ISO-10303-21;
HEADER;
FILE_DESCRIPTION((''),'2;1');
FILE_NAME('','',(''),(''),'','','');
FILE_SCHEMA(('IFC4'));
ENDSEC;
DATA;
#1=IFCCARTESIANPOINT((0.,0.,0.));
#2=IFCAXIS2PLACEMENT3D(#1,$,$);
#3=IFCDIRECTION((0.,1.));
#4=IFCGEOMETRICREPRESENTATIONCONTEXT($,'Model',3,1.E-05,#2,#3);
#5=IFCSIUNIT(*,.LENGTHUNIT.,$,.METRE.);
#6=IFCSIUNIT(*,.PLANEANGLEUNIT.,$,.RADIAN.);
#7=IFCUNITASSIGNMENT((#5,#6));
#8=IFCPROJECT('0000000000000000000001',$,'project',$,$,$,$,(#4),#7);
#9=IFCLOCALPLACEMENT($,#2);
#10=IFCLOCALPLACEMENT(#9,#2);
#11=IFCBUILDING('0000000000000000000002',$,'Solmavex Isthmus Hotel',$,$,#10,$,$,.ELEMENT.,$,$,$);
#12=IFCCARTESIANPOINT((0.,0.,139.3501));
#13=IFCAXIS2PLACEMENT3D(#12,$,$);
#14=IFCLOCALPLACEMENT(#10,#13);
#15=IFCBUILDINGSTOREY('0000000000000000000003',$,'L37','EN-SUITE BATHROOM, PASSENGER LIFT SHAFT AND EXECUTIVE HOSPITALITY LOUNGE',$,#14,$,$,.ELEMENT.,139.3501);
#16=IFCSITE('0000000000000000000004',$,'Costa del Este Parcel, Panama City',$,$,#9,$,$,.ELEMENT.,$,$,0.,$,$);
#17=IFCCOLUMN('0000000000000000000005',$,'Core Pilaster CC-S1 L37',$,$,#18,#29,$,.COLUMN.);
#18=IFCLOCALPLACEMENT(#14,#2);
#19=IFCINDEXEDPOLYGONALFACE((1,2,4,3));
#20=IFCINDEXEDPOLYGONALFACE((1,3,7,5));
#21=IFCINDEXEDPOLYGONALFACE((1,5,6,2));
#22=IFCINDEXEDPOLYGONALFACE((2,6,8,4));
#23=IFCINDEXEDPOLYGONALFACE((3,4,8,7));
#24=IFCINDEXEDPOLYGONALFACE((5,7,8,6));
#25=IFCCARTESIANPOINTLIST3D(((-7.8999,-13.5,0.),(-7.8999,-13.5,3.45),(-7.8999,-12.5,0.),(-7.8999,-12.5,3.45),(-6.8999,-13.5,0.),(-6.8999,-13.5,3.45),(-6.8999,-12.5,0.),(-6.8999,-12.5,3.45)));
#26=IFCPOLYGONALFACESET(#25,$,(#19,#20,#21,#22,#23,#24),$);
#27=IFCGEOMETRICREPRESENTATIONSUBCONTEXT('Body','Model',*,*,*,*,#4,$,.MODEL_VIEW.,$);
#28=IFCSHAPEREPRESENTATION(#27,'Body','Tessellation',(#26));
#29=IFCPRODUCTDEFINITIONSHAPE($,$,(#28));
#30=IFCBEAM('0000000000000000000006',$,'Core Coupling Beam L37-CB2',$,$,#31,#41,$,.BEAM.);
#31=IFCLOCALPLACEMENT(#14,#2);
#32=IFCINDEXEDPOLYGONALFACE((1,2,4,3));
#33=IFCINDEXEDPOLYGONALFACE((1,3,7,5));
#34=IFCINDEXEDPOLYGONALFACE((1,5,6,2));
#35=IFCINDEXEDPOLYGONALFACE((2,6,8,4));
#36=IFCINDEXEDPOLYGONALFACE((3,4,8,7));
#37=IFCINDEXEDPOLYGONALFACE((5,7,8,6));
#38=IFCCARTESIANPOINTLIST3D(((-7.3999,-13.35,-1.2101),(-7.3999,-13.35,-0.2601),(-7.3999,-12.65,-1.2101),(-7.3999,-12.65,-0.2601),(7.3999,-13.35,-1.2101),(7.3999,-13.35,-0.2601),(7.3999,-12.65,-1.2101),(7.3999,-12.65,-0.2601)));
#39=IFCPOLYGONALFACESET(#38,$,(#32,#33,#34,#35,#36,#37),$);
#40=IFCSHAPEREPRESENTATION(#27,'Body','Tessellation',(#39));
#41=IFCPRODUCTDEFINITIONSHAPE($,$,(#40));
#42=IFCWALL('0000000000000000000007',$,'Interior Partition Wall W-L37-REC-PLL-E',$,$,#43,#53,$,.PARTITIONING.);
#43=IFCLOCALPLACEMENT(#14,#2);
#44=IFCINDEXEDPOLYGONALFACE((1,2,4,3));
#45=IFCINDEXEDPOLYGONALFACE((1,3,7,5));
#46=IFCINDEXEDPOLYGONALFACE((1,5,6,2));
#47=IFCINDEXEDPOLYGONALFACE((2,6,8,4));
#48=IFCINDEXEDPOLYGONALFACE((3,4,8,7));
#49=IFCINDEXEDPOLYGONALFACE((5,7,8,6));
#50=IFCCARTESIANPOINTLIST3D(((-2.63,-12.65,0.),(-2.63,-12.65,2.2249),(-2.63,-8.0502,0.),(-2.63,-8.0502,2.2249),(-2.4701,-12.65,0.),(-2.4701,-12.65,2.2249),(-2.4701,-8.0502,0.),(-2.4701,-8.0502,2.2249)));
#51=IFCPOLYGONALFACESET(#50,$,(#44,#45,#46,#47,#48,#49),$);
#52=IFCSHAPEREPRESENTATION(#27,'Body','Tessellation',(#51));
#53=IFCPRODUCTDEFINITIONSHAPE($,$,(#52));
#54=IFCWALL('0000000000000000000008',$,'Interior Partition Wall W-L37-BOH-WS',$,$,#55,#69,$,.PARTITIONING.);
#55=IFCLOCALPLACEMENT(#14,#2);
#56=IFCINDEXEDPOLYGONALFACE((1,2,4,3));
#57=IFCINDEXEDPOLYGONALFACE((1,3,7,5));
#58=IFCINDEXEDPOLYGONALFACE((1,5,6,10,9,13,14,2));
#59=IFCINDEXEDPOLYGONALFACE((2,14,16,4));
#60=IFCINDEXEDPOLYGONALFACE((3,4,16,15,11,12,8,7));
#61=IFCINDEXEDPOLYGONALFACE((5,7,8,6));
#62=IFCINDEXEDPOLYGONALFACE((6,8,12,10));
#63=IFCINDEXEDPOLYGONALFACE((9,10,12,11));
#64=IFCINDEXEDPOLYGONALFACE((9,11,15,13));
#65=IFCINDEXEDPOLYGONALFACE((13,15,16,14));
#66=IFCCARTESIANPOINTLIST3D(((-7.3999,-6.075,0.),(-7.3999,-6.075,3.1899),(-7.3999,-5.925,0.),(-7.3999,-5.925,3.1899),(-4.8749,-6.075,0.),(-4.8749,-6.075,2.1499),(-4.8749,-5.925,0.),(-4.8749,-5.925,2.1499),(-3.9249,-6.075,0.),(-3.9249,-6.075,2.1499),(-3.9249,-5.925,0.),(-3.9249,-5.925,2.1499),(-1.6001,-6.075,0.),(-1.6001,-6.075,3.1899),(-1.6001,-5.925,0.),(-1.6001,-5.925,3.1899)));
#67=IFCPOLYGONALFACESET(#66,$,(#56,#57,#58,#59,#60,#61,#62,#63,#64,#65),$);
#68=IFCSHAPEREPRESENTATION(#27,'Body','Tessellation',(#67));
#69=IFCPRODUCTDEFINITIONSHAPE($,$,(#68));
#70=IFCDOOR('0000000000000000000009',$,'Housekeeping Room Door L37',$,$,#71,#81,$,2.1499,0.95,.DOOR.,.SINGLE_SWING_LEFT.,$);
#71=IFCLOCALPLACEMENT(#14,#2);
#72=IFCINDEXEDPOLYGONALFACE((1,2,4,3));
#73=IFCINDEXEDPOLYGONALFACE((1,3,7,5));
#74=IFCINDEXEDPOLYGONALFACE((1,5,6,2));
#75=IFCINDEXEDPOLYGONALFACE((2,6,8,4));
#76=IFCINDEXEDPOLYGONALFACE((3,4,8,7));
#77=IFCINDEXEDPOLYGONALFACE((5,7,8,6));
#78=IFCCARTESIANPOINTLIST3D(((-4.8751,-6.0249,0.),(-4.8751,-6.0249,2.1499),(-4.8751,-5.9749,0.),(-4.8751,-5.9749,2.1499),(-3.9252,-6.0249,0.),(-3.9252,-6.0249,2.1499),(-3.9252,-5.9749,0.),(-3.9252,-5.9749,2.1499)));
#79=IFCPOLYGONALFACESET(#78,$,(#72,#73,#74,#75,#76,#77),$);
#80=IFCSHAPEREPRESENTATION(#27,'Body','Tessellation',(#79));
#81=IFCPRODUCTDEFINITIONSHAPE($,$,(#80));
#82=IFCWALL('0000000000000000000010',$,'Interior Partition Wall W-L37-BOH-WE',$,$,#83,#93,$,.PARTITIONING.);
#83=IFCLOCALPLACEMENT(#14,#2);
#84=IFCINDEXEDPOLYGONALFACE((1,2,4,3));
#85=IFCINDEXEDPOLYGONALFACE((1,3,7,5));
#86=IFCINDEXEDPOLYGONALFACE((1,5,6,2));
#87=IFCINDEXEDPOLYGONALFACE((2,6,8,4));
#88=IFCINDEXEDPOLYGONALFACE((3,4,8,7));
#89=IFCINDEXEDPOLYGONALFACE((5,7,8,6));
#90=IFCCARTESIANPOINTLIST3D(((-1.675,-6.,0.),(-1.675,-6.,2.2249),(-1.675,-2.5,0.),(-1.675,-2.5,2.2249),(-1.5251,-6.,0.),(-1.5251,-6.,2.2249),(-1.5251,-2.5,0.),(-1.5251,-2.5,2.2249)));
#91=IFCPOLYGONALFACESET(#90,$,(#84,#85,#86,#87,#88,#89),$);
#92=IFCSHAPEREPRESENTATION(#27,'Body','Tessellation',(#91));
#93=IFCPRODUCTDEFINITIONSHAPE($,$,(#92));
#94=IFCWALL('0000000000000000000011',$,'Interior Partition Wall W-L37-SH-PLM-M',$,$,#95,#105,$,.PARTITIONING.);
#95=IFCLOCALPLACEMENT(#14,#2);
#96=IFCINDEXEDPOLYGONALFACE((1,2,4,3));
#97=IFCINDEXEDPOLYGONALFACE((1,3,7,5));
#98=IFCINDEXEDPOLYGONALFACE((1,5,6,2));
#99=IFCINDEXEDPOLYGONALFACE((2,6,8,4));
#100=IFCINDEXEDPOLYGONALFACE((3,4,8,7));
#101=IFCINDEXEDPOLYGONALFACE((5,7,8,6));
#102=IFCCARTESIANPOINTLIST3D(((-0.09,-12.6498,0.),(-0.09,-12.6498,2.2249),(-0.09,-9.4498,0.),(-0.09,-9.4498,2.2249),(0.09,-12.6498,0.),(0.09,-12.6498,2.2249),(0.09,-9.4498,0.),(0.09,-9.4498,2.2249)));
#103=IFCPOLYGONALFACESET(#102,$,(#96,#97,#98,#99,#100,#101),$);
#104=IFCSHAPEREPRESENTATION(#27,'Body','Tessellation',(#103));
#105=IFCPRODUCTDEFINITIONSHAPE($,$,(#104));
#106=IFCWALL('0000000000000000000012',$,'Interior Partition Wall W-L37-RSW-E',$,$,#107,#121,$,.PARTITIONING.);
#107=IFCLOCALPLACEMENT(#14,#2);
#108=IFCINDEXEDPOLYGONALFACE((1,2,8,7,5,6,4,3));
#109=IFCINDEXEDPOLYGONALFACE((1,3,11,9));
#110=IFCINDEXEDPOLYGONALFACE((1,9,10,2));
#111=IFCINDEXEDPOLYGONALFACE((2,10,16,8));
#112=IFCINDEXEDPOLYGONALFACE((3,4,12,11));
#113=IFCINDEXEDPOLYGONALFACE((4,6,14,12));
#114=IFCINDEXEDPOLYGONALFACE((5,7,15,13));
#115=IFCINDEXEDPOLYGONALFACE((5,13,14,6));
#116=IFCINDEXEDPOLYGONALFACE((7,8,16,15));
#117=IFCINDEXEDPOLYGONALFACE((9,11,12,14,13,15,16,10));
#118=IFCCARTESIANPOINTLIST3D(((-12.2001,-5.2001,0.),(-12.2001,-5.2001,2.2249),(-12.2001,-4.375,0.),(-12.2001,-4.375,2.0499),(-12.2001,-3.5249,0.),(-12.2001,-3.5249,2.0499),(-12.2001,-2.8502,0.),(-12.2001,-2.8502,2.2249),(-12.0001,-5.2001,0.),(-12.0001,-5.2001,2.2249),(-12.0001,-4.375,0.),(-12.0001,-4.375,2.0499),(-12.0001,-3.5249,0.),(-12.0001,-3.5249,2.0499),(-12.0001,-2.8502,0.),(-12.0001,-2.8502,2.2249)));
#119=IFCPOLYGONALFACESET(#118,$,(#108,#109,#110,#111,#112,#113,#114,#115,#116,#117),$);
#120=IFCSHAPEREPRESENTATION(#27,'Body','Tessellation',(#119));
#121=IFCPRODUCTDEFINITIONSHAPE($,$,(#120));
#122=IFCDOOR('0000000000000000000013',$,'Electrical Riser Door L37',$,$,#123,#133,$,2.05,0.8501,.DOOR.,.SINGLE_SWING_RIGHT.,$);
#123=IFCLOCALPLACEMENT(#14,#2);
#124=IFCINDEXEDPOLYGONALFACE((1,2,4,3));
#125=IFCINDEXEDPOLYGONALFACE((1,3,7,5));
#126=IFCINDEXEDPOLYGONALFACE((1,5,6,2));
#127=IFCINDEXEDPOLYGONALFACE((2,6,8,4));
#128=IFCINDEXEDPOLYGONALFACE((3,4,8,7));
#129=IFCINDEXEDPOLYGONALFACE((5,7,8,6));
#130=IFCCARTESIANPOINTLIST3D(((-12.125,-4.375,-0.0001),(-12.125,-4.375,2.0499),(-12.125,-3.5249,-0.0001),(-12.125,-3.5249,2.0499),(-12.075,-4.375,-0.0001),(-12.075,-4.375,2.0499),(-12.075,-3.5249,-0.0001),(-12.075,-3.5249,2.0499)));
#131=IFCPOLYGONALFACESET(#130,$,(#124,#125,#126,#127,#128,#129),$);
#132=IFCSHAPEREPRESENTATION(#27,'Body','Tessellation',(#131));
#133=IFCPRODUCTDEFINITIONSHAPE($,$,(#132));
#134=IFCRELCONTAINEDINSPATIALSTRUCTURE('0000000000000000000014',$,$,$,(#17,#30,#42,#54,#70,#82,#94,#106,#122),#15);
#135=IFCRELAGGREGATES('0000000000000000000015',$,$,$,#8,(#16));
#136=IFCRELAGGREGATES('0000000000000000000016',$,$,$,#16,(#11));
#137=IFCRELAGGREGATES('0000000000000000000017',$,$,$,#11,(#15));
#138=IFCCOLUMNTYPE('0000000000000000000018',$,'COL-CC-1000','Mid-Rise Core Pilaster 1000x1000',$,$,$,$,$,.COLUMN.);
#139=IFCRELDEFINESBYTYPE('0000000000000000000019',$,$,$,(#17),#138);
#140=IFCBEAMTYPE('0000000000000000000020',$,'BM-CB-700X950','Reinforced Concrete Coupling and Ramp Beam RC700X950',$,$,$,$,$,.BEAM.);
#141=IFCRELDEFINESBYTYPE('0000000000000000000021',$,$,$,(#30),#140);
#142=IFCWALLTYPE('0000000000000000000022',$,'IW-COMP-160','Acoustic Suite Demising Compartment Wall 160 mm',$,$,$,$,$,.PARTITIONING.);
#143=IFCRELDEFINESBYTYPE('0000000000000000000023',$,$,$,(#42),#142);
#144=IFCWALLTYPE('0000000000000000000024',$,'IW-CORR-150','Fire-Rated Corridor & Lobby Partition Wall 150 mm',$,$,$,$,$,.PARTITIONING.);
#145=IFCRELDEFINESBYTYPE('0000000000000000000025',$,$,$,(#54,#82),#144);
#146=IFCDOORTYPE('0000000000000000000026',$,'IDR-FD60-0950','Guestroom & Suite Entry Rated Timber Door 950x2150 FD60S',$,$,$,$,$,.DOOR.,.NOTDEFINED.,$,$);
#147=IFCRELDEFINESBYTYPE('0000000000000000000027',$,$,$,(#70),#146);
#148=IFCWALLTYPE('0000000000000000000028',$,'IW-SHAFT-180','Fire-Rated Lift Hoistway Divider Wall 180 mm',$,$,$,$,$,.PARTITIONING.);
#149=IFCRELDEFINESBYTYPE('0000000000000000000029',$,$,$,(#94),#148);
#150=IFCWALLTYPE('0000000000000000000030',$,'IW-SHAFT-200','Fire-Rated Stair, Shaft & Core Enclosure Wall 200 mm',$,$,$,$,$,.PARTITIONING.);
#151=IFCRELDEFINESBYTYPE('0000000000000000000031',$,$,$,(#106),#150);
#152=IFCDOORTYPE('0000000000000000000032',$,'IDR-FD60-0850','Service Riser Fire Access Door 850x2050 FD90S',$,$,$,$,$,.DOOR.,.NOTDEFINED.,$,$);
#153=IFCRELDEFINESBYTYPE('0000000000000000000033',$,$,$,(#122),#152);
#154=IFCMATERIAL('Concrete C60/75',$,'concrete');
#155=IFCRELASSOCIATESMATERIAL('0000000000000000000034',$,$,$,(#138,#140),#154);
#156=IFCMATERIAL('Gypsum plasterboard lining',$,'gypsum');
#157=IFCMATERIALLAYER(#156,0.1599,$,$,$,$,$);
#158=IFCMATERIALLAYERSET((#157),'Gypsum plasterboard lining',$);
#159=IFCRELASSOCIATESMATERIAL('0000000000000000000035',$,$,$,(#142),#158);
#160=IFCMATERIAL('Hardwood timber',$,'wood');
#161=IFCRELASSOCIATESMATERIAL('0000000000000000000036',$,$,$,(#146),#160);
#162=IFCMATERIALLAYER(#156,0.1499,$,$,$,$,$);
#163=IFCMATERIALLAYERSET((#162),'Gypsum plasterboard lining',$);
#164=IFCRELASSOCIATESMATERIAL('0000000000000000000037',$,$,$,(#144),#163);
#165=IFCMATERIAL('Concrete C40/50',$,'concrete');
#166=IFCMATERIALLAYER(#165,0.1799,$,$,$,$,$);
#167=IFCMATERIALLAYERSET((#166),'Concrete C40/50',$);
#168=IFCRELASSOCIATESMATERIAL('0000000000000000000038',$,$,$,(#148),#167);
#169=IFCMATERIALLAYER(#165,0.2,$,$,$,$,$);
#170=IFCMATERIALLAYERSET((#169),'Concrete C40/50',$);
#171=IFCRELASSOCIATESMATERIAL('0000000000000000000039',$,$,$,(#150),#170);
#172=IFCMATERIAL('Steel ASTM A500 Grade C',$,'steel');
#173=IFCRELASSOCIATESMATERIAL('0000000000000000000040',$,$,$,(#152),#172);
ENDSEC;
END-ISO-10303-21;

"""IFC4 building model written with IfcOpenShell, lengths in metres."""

from ifc_helpers import new_model, si_unit, direction, frame, frame_2d, origin, origin_2d, place, context, subcontext, project, spatial, rectangle, extrude, material, layer, layer_set, material_profile, profile_set, type_object, element, fill, save


model = new_model("IFC4")

# Units and contexts
model_context = context("Model", 3, precision=1e-05, world=origin(), true_north=direction((0.0, 1.0)))
body_context = subcontext(model_context, "Body", "Model", "MODEL_VIEW")
ifc_project = project(units=[si_unit("LENGTHUNIT", "METRE"), si_unit("PLANEANGLEUNIT", "RADIAN")], contexts=[model_context])

# Site, building, storey
site_placement = place(None, origin())
site = spatial("IfcSite", under=ifc_project, at=site_placement, Name="Costa del Este Parcel, Panama City", CompositionType="ELEMENT", RefElevation=0.0)
building_placement = place(site_placement, origin())
building = spatial("IfcBuilding", under=site, at=building_placement, Name="Solmavex Isthmus Hotel", CompositionType="ELEMENT")
storey_placement = place(building_placement, frame((0.0, 0.0, 139.3501)))
storey = spatial("IfcBuildingStorey", under=building, at=storey_placement, Name="L37", Description="EN-SUITE BATHROOM, PASSENGER LIFT SHAFT AND EXECUTIVE HOSPITALITY LOUNGE", CompositionType="ELEMENT", Elevation=139.3501)

# Column
ifc_material_1 = material(Name="Concrete C60/75", Category="concrete")
ifc_material_profile_1 = material_profile(ifc_material_1, rectangle(XDim=1.0, YDim=1.0, at=origin_2d()), Name="RC1000X1000")
ifc_profile_set_1 = profile_set([ifc_material_profile_1], Name="Concrete C60/75")
column_type = type_object("IfcColumnType", Name="COL-CC-1000", Description="Mid-Rise Core Pilaster 1000x1000", PredefinedType="COLUMN", material=ifc_profile_set_1)
column_placement = place(storey_placement, frame((-7.3999, -13.0, 0.0), z_axis=(0.0, 0.0, 1.0), x_axis=(1.0, 0.0, 0.0)))
element("IfcColumn", 1, at=column_placement, inside=storey, type_object=column_type, Name="Core Pilaster CC-S1 L37", PredefinedType="COLUMN", context=body_context, shape_type="SweptSolid", body=[
    extrude(rectangle(XDim=1.0, YDim=1.0, at=origin_2d()), origin(), (0.0, 0.0, 1.0), 3.45),
])

# Beam
ifc_material_profile_2 = material_profile(ifc_material_1, rectangle(XDim=0.7, YDim=0.95, at=origin_2d()), Name="RC700X950")
ifc_profile_set_2 = profile_set([ifc_material_profile_2], Name="Concrete C60/75")
beam_type = type_object("IfcBeamType", Name="BM-CB-700X950", Description="Reinforced Concrete Coupling and Ramp Beam RC700X950", PredefinedType="BEAM", material=ifc_profile_set_2)
beam_placement = place(storey_placement, frame((-7.3999, -13.0, -0.7351), z_axis=(1.0, 0.0, 0.0), x_axis=(0.0, 1.0, 0.0)))
element("IfcBeam", 2, at=beam_placement, inside=storey, type_object=beam_type, Name="Core Coupling Beam L37-CB2", PredefinedType="BEAM", context=body_context, shape_type="SweptSolid", body=[
    extrude(rectangle(XDim=0.7, YDim=0.95, at=origin_2d()), origin(), (0.0, 0.0, 1.0), 14.7998),
])

# Shared definitions
ifc_material_2 = material(Name="Gypsum plasterboard lining", Category="gypsum")
ifc_layer_1 = layer(ifc_material_2, 0.1599)
ifc_layer_set_1 = layer_set([ifc_layer_1], Name="Gypsum plasterboard lining")
wall_type_1 = type_object("IfcWallType", Name="IW-COMP-160", Description="Acoustic Suite Demising Compartment Wall 160 mm", PredefinedType="PARTITIONING", material=ifc_layer_set_1)
ifc_material_3 = material(Name="Hardwood timber", Category="wood")
door_type_1 = type_object("IfcDoorType", Name="IDR-FD60-0950", Description="Guestroom & Suite Entry Rated Timber Door 950x2150 FD60S", OperationType="NOTDEFINED", PredefinedType="DOOR", material=ifc_material_3)

# Wall
wall_1_placement = place(storey_placement, frame((-2.55, -12.6499, 0.0), z_axis=(0.0, 0.0, 1.0), x_axis=(0.0, 1.0, 0.0)))
element("IfcWall", 3, at=wall_1_placement, inside=storey, type_object=wall_type_1, Name="Interior Partition Wall W-L37-REC-PLL-E", PredefinedType="PARTITIONING", context=body_context, shape_type="SweptSolid", body=[
    extrude(rectangle(XDim=4.5999, YDim=0.1599, at=frame_2d((2.2998, 0.0))), origin(), (0.0, 0.0, 1.0), 2.2249),
])

# Wall, opening, door
ifc_layer_2 = layer(ifc_material_2, 0.1499)
ifc_layer_set_2 = layer_set([ifc_layer_2], Name="Gypsum plasterboard lining")
wall_type_2 = type_object("IfcWallType", Name="IW-CORR-150", Description="Fire-Rated Corridor & Lobby Partition Wall 150 mm", PredefinedType="PARTITIONING", material=ifc_layer_set_2)
wall_2_placement = place(storey_placement, frame((-7.3999, -6.0, 0.0), z_axis=(0.0, 0.0, 1.0), x_axis=(1.0, 0.0, 0.0)))
wall_2 = element("IfcWall", 4, at=wall_2_placement, inside=storey, type_object=wall_type_2, Name="Interior Partition Wall W-L37-BOH-WS", PredefinedType="PARTITIONING", context=body_context, shape_type="SweptSolid", body=[
    extrude(rectangle(XDim=5.7998, YDim=0.1499, at=frame_2d((2.8999, 0.0))), origin(), (0.0, 0.0, 1.0), 3.1899),
])
opening_1_placement = place(wall_2_placement, frame((2.5249, 0.0, 0.0)))
opening_1 = element("IfcOpeningElement", 5, at=opening_1_placement, cuts=wall_2, PredefinedType="OPENING", context=body_context, shape_type="SweptSolid", body=[
    extrude(rectangle(XDim=0.95, YDim=2.1499, at=frame_2d((0.4751, 1.075))), frame((0.0, 0.085, 0.0), z_axis=(0.0, -1.0, 0.0), x_axis=(1.0, 0.0, 0.0)), (0.0, 0.0, 1.0), 0.1699),
])
door_1_placement = place(opening_1_placement, frame((0.95, 0.0, 0.0), z_axis=(0.0, 0.0, 1.0), x_axis=(-1.0, 0.0, 0.0)))
door_1 = element("IfcDoor", 6, at=door_1_placement, inside=storey, type_object=door_type_1, Name="Housekeeping Room Door L37", OperationType="SINGLE_SWING_LEFT", OverallHeight=2.1499, OverallWidth=0.95, PredefinedType="DOOR", context=body_context, shape_type="SweptSolid", body=[
    extrude(rectangle(XDim=0.95, YDim=2.1499, at=frame_2d((0.4751, 1.075))), frame((0.0, 0.0249, 0.0), z_axis=(0.0, -1.0, 0.0), x_axis=(1.0, 0.0, 0.0)), (0.0, 0.0, 1.0), 0.05),
])
fill(opening_1, door_1)

# Walls
wall_3_placement = place(storey_placement, frame((-1.6001, -6.0, 0.0), z_axis=(0.0, 0.0, 1.0), x_axis=(0.0, 1.0, 0.0)))
element("IfcWall", 7, at=wall_3_placement, inside=storey, type_object=wall_type_2, Name="Interior Partition Wall W-L37-BOH-WE", PredefinedType="PARTITIONING", context=body_context, shape_type="SweptSolid", body=[
    extrude(rectangle(XDim=3.5, YDim=0.1499, at=frame_2d((1.75, 0.0))), origin(), (0.0, 0.0, 1.0), 2.2249),
])
ifc_material_4 = material(Name="Concrete C40/50", Category="concrete")
ifc_layer_3 = layer(ifc_material_4, 0.1799)
ifc_layer_set_3 = layer_set([ifc_layer_3], Name="Concrete C40/50")
wall_type_3 = type_object("IfcWallType", Name="IW-SHAFT-180", Description="Fire-Rated Lift Hoistway Divider Wall 180 mm", PredefinedType="PARTITIONING", material=ifc_layer_set_3)
wall_4_placement = place(storey_placement, frame((0.0, -12.6499, 0.0), z_axis=(0.0, 0.0, 1.0), x_axis=(0.0, 1.0, 0.0)))
element("IfcWall", 8, at=wall_4_placement, inside=storey, type_object=wall_type_3, Name="Interior Partition Wall W-L37-SH-PLM-M", PredefinedType="PARTITIONING", context=body_context, shape_type="SweptSolid", body=[
    extrude(rectangle(XDim=3.2, YDim=0.1799, at=frame_2d((1.6001, 0.0))), origin(), (0.0, 0.0, 1.0), 2.2249),
])

# Wall, opening, door
ifc_layer_4 = layer(ifc_material_4, 0.2)
ifc_layer_set_4 = layer_set([ifc_layer_4], Name="Concrete C40/50")
wall_type_4 = type_object("IfcWallType", Name="IW-SHAFT-200", Description="Fire-Rated Stair, Shaft & Core Enclosure Wall 200 mm", PredefinedType="PARTITIONING", material=ifc_layer_set_4)
wall_5_placement = place(storey_placement, frame((-12.1001, -5.2, 0.0), z_axis=(0.0, 0.0, 1.0), x_axis=(0.0, 1.0, 0.0)))
wall_5 = element("IfcWall", 9, at=wall_5_placement, inside=storey, type_object=wall_type_4, Name="Interior Partition Wall W-L37-RSW-E", PredefinedType="PARTITIONING", context=body_context, shape_type="SweptSolid", body=[
    extrude(rectangle(XDim=2.3499, YDim=0.2, at=frame_2d((1.1748, 0.0))), origin(), (0.0, 0.0, 1.0), 2.2249),
])
opening_2_placement = place(wall_5_placement, frame((0.825, 0.0, 0.0)))
opening_2 = element("IfcOpeningElement", 10, at=opening_2_placement, cuts=wall_5, PredefinedType="OPENING", context=body_context, shape_type="SweptSolid", body=[
    extrude(rectangle(XDim=0.8501, YDim=2.05, at=frame_2d((0.425, 1.0249))), frame((0.0, 0.1099, 0.0), z_axis=(0.0, -1.0, 0.0), x_axis=(1.0, 0.0, 0.0)), (0.0, 0.0, 1.0), 0.22),
])
ifc_material_5 = material(Name="Steel ASTM A500 Grade C", Category="steel")
door_type_2 = type_object("IfcDoorType", Name="IDR-FD60-0850", Description="Service Riser Fire Access Door 850x2050 FD90S", OperationType="NOTDEFINED", PredefinedType="DOOR", material=ifc_material_5)
door_2_placement = place(opening_2_placement, origin())
door_2 = element("IfcDoor", 11, at=door_2_placement, inside=storey, type_object=door_type_2, Name="Electrical Riser Door L37", OperationType="SINGLE_SWING_RIGHT", OverallHeight=2.05, OverallWidth=0.8501, PredefinedType="DOOR", context=body_context, shape_type="SweptSolid", body=[
    extrude(rectangle(XDim=0.8501, YDim=2.05, at=frame_2d((0.425, 1.0249))), frame((0.0, 0.0249, 0.0), z_axis=(0.0, -1.0, 0.0), x_axis=(1.0, 0.0, 0.0)), (0.0, 0.0, 1.0), 0.05),
])
fill(opening_2, door_2)

save(model, "model.ifc")
